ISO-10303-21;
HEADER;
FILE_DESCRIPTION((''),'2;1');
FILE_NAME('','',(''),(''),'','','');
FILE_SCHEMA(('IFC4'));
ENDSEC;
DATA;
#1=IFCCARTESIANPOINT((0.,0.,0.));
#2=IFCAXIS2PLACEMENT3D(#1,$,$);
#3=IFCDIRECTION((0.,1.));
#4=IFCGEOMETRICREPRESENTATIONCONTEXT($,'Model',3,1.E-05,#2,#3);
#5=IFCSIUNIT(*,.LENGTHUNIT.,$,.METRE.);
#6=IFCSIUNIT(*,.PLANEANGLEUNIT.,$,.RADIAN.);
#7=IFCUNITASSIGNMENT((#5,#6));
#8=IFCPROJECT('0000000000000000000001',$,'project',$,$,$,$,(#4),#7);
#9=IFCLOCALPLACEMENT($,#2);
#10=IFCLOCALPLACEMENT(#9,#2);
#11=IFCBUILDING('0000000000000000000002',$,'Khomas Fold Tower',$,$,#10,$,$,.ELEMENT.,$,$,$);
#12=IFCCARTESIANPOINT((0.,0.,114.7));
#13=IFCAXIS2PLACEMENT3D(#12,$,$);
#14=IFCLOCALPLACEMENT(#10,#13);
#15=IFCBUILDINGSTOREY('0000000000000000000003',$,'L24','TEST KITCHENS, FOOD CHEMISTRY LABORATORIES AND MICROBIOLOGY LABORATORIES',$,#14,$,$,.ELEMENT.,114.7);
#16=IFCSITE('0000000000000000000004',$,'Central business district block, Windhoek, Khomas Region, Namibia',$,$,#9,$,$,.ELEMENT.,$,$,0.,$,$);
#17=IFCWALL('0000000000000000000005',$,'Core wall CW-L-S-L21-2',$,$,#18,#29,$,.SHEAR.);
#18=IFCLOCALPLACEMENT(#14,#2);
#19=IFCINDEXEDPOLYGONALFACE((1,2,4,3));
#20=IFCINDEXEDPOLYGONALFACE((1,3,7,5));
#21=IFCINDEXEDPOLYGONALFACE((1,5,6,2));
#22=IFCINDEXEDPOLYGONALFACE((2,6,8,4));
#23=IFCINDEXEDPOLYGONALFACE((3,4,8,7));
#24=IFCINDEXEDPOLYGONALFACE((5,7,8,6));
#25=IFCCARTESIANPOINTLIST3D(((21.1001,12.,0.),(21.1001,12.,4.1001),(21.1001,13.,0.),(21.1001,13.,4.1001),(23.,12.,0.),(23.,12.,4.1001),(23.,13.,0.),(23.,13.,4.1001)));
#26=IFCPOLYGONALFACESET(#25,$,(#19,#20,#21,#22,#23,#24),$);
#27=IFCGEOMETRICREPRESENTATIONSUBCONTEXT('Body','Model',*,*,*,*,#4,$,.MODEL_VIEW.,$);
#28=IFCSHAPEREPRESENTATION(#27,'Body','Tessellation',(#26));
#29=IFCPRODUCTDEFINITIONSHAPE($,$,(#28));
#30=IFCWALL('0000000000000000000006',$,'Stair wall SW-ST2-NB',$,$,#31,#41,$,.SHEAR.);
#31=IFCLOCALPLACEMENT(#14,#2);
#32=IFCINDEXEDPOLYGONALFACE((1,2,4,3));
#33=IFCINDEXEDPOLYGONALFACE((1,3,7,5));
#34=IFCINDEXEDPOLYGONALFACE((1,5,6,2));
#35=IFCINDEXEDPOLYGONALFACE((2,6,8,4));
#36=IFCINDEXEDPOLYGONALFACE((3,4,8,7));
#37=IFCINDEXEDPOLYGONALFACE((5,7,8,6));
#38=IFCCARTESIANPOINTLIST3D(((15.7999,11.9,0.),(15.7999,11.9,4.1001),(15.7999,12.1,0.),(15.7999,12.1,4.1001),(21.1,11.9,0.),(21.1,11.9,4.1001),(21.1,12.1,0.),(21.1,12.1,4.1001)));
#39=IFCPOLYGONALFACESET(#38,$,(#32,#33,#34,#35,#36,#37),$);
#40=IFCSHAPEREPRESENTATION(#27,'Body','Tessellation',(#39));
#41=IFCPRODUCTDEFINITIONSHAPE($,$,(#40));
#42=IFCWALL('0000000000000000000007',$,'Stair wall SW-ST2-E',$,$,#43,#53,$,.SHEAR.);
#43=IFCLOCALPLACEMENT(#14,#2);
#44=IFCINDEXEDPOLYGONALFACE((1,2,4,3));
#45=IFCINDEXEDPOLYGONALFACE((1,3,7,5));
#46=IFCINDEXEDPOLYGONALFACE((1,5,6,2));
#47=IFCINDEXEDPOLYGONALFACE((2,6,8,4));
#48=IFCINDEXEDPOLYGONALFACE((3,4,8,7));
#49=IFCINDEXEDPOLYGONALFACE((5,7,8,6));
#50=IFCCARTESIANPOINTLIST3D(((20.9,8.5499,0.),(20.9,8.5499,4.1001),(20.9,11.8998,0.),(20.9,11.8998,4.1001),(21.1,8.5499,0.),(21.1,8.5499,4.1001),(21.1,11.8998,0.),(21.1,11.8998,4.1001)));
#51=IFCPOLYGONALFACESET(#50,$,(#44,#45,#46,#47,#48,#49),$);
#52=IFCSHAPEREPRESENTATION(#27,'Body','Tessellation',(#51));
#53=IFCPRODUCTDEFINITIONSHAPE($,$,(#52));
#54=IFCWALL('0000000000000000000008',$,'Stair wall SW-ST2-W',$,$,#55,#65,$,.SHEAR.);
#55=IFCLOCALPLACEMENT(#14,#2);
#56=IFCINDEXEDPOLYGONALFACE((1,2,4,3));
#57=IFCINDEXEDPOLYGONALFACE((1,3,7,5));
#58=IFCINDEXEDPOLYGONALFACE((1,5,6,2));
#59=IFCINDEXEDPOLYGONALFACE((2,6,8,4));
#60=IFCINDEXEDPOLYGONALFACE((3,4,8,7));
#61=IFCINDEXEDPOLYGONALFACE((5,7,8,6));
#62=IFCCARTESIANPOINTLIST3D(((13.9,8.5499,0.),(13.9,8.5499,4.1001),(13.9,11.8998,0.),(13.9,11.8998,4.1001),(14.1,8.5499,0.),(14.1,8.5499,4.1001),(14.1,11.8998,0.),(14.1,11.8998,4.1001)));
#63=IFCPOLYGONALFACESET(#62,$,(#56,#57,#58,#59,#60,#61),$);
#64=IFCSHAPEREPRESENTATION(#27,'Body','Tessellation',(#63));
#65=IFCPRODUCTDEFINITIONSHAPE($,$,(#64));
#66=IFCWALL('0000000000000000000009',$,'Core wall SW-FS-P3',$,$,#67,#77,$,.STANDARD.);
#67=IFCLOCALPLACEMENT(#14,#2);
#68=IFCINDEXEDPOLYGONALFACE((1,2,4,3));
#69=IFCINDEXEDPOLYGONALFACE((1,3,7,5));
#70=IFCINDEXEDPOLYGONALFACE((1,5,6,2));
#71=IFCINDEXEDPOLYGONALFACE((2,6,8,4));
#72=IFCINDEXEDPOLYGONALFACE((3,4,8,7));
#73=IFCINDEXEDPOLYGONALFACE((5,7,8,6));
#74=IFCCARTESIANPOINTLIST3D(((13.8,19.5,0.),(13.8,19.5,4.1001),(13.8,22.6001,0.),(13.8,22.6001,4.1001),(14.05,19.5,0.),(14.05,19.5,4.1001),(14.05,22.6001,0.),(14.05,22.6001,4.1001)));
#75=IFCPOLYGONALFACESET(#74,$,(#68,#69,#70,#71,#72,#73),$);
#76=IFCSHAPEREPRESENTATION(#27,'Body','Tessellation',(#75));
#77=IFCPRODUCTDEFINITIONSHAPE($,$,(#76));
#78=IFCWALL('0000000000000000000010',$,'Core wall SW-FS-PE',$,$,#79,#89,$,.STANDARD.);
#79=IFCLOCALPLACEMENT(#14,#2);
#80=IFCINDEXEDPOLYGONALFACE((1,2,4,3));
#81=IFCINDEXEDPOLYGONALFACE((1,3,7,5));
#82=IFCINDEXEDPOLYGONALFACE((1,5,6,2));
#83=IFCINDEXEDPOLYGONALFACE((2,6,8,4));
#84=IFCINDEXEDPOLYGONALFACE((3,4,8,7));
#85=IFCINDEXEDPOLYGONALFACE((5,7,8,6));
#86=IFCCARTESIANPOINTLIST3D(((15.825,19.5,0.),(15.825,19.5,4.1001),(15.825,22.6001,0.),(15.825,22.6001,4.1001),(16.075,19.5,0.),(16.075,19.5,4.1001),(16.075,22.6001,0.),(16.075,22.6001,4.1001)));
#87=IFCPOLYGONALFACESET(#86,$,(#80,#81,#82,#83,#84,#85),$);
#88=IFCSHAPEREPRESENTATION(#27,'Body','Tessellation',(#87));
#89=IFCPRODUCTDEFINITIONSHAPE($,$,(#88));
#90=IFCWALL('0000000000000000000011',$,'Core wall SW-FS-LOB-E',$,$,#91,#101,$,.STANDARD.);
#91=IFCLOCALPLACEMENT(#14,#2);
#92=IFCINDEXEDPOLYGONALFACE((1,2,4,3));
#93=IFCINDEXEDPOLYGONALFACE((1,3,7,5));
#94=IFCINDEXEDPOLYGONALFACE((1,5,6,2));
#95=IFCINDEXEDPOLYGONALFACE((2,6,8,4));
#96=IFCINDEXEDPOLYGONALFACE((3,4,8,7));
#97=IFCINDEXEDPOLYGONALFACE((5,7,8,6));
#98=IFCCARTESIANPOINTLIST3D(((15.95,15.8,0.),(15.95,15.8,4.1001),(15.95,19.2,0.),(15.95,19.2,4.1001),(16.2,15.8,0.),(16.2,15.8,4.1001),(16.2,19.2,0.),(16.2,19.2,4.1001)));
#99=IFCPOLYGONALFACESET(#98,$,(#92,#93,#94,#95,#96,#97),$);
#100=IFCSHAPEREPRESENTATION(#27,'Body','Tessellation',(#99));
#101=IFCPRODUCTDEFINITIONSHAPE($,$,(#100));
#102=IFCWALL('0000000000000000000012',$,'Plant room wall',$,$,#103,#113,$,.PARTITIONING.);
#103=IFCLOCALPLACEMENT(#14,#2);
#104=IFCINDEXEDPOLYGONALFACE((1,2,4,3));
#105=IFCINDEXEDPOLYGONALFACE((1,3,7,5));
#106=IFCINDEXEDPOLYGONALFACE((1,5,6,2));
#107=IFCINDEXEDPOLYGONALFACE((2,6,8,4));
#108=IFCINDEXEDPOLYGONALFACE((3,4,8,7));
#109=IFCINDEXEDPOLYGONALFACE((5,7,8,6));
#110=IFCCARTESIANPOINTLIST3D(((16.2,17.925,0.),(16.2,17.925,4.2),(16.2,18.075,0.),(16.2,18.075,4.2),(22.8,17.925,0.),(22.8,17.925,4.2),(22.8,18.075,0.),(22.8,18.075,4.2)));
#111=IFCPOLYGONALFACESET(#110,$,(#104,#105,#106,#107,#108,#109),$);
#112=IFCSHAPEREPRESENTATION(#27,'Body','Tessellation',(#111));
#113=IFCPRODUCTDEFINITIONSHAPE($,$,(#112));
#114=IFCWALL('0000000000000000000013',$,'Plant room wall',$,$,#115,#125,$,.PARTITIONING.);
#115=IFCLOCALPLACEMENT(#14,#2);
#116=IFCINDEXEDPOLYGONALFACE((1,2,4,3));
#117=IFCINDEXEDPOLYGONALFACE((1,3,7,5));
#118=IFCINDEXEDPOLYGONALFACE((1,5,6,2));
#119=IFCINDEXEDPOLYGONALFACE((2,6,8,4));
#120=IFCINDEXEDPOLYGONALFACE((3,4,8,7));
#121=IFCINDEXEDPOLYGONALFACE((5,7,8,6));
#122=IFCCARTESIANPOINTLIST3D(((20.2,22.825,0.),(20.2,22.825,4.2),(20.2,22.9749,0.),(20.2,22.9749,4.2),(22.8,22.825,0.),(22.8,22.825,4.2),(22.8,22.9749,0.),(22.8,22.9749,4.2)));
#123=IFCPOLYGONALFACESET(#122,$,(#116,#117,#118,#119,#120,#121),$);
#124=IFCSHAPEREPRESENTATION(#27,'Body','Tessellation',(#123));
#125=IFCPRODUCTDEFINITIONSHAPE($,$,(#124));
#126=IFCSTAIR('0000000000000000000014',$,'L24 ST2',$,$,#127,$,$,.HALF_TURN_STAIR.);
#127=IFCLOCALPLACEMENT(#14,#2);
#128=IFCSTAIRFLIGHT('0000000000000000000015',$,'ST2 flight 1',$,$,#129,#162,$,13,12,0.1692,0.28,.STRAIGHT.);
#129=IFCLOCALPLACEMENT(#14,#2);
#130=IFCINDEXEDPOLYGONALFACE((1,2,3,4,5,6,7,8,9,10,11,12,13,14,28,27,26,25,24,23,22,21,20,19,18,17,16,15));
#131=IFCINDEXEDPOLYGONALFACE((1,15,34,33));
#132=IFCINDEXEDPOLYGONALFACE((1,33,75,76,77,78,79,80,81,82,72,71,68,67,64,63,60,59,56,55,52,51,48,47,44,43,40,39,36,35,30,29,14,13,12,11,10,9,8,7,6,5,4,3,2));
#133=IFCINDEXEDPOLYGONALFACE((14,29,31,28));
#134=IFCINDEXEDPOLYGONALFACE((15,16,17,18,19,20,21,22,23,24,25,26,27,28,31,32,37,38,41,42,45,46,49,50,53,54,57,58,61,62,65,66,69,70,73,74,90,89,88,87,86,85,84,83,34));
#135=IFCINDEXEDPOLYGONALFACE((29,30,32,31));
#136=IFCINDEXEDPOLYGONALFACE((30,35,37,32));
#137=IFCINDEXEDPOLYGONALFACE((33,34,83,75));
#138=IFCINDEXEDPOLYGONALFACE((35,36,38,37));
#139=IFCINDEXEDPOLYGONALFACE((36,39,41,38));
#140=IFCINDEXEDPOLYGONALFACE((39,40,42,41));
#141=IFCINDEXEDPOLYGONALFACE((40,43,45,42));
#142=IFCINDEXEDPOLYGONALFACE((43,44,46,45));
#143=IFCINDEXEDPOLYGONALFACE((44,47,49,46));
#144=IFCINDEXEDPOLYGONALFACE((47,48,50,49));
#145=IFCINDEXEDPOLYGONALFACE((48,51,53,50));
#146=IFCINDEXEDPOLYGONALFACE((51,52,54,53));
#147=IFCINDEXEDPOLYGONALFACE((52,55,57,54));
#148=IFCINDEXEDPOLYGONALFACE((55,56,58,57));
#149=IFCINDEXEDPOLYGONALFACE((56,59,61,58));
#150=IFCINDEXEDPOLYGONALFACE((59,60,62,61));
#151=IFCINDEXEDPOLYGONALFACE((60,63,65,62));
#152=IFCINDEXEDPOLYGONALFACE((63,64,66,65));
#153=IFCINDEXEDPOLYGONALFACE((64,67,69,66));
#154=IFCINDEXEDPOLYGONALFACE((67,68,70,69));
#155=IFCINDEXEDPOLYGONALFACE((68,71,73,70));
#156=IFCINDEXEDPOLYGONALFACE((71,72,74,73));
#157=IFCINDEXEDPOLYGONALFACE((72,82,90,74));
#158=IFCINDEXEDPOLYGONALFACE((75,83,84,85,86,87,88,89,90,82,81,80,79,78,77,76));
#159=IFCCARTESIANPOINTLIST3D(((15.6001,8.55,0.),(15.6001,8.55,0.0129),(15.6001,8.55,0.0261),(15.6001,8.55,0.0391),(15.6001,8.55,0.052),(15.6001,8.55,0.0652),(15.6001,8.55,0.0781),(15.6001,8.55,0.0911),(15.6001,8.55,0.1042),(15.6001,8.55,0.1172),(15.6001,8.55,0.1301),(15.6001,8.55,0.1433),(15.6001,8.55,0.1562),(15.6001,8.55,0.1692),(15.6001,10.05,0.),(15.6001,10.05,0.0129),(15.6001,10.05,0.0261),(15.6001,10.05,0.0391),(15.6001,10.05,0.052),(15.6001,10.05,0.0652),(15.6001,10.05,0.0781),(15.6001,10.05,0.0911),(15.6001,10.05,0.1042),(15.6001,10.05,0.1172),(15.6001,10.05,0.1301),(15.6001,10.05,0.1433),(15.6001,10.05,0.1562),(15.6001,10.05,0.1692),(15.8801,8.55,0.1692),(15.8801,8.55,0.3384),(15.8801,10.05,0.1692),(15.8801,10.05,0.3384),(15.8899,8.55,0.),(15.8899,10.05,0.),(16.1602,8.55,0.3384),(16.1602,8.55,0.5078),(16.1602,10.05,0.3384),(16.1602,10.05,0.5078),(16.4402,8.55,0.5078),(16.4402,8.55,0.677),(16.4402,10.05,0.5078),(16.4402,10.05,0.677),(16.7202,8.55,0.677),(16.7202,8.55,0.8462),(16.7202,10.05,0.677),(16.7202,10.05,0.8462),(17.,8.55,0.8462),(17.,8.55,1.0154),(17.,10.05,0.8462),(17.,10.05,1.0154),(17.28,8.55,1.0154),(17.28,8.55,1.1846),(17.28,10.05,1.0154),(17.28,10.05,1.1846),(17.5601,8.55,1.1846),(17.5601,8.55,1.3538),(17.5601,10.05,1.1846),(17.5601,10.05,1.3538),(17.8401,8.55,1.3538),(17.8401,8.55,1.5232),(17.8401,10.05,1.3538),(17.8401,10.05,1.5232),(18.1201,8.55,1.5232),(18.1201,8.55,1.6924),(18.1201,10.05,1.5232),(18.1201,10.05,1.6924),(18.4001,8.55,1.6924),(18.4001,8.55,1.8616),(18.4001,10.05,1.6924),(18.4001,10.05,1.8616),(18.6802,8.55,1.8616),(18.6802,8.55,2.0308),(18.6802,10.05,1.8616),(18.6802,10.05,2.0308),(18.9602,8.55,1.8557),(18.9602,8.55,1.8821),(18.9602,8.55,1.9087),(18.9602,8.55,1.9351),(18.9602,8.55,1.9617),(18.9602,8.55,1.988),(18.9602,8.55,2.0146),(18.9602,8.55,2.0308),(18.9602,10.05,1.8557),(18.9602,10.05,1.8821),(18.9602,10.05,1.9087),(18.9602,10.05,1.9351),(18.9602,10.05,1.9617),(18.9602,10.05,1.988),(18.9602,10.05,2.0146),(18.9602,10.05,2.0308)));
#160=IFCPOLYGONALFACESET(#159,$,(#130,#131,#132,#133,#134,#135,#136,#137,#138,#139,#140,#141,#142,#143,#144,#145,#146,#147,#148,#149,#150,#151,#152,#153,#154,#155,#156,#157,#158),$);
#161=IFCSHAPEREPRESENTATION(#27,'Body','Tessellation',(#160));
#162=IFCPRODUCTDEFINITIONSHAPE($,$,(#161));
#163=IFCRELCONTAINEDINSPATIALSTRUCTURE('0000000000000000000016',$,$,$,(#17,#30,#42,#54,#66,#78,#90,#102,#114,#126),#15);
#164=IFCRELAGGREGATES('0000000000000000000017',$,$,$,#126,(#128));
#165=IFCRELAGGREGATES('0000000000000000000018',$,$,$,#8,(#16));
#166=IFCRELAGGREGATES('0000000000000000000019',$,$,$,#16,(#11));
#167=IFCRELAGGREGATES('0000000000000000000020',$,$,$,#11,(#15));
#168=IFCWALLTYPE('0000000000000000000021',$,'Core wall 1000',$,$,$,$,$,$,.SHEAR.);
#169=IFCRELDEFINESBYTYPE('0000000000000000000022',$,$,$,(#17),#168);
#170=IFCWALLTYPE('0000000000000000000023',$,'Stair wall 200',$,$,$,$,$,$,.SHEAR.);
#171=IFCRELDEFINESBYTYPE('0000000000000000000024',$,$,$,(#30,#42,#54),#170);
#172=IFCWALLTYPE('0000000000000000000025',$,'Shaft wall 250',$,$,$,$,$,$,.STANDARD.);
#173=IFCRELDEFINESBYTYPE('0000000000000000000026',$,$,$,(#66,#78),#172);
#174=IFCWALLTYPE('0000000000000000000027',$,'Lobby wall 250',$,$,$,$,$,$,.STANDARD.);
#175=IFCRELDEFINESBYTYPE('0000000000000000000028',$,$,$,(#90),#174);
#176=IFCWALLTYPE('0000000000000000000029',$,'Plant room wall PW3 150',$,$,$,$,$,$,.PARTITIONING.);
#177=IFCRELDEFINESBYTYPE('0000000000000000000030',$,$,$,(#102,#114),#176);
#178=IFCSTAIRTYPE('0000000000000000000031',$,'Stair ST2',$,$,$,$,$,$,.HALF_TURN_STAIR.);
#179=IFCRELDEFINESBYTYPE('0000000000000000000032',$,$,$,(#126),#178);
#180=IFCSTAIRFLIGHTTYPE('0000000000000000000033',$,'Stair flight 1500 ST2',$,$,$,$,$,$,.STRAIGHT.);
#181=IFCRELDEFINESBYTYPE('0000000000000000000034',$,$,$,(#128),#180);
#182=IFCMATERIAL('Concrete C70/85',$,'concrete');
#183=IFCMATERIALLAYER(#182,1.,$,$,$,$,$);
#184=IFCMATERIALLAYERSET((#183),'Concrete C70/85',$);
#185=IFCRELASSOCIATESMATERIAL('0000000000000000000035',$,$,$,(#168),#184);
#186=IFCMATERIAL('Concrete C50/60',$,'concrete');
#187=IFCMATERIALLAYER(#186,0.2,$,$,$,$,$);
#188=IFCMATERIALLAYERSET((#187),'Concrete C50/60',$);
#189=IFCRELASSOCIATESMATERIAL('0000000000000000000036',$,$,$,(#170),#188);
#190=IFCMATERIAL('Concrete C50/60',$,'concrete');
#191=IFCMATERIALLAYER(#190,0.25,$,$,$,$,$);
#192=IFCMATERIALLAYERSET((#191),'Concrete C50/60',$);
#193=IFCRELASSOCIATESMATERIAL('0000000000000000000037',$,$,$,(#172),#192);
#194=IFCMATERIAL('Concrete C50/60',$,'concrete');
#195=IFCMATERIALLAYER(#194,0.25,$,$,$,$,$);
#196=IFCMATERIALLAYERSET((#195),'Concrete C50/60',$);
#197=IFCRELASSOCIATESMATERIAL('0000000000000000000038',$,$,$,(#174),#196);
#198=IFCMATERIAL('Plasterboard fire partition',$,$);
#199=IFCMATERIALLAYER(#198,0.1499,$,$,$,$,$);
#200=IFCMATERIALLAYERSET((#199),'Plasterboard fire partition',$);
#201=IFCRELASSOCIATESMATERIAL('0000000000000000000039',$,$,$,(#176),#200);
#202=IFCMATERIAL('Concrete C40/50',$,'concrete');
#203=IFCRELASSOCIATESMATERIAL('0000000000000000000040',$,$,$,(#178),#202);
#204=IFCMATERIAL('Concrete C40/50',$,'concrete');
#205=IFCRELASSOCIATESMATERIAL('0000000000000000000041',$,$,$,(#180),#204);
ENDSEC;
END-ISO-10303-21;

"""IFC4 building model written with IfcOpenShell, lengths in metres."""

from ifc_helpers import new_model, si_unit, direction, frame, frame_2d, origin, place, context, subcontext, project, spatial, polyline, rectangle, outline, extrude, source, transform, mapped, material, layer, layer_set, type_object, element, aggregate, save


model = new_model("IFC4")

# Units and contexts
model_context = context("Model", 3, precision=1e-05, world=origin(), true_north=direction((0.0, 1.0)))
body_context = subcontext(model_context, "Body", "Model", "MODEL_VIEW")
ifc_project = project(units=[si_unit("LENGTHUNIT", "METRE"), si_unit("PLANEANGLEUNIT", "RADIAN")], contexts=[model_context])

# Site, building, storey
site_placement = place(None, origin())
site = spatial("IfcSite", under=ifc_project, at=site_placement, Name="Central business district block, Windhoek, Khomas Region, Namibia", CompositionType="ELEMENT", RefElevation=0.0)
building_placement = place(site_placement, origin())
building = spatial("IfcBuilding", under=site, at=building_placement, Name="Khomas Fold Tower", CompositionType="ELEMENT")
storey_placement = place(building_placement, frame((0.0, 0.0, 114.7)))
storey = spatial("IfcBuildingStorey", under=building, at=storey_placement, Name="L24", Description="TEST KITCHENS, FOOD CHEMISTRY LABORATORIES AND MICROBIOLOGY LABORATORIES", CompositionType="ELEMENT", Elevation=114.7)

# Walls
ifc_material_1 = material(Name="Concrete C70/85", Category="concrete")
ifc_layer_1 = layer(ifc_material_1, 1.0)
ifc_layer_set_1 = layer_set([ifc_layer_1], Name="Concrete C70/85")
wall_type_1 = type_object("IfcWallType", Name="Core wall 1000", PredefinedType="SHEAR", material=ifc_layer_set_1)
shared_shape_1 = source(origin(), body_context, "Body", "SweptSolid", [
    extrude(rectangle(XDim=1.8999, YDim=1.0, at=frame_2d((0.95, 0.0))), origin(), (0.0, 0.0, 1.0), 4.1001),
])
wall_1_placement = place(storey_placement, frame((21.1001, 12.5, 0.0), z_axis=(0.0, 0.0, 1.0), x_axis=(1.0, 0.0, 0.0)))
element("IfcWall", 1, at=wall_1_placement, inside=storey, type_object=wall_type_1, Name="Core wall CW-L-S-L21-2", PredefinedType="SHEAR", context=body_context, shape_type="MappedRepresentation", body=[
    mapped(shared_shape_1, transform((0.0, 0.0, 0.0))),
])
ifc_material_2 = material(Name="Concrete C50/60", Category="concrete")
ifc_layer_2 = layer(ifc_material_2, 0.2)
ifc_layer_set_2 = layer_set([ifc_layer_2], Name="Concrete C50/60")
wall_type_2 = type_object("IfcWallType", Name="Stair wall 200", PredefinedType="SHEAR", material=ifc_layer_set_2)
shared_shape_2 = source(origin(), body_context, "Body", "SweptSolid", [
    extrude(rectangle(XDim=5.3, YDim=0.2, at=frame_2d((2.6499, 0.0))), origin(), (0.0, 0.0, 1.0), 4.1001),
])
wall_2_placement = place(storey_placement, frame((15.8, 12.0, 0.0), z_axis=(0.0, 0.0, 1.0), x_axis=(1.0, 0.0, 0.0)))
element("IfcWall", 2, at=wall_2_placement, inside=storey, type_object=wall_type_2, Name="Stair wall SW-ST2-NB", PredefinedType="SHEAR", context=body_context, shape_type="MappedRepresentation", body=[
    mapped(shared_shape_2, transform((0.0, 0.0, 0.0))),
])
shared_shape_3 = source(origin(), body_context, "Body", "SweptSolid", [
    extrude(rectangle(XDim=3.3499, YDim=0.2, at=frame_2d((1.6748, 0.0))), origin(), (0.0, 0.0, 1.0), 4.1001),
])
for number, where, z_axis, x_axis, name in (
    (3, (21.0, 8.55, 0.0), (0.0, 0.0, 1.0), (0.0, 1.0, 0.0), "Stair wall SW-ST2-E"),
    (4, (14.0, 8.55, 0.0), (0.0, 0.0, 1.0), (0.0, 1.0, 0.0), "Stair wall SW-ST2-W"),
):
    element("IfcWall", number, at=place(storey_placement, frame(where, z_axis=z_axis, x_axis=x_axis)), inside=storey, type_object=wall_type_2, Name=name, PredefinedType="SHEAR", context=body_context, shape_type="MappedRepresentation", body=[
        mapped(shared_shape_3, transform((0.0, 0.0, 0.0))),
    ])
ifc_material_3 = material(Name="Concrete C50/60", Category="concrete")
ifc_layer_3 = layer(ifc_material_3, 0.25)
ifc_layer_set_3 = layer_set([ifc_layer_3], Name="Concrete C50/60")
wall_type_3 = type_object("IfcWallType", Name="Shaft wall 250", PredefinedType="STANDARD", material=ifc_layer_set_3)
shared_shape_4 = source(origin(), body_context, "Body", "SweptSolid", [
    extrude(rectangle(XDim=3.1001, YDim=0.25, at=frame_2d((1.55, 0.0))), origin(), (0.0, 0.0, 1.0), 4.1001),
])
for number, where, z_axis, x_axis, name in (
    (5, (13.925, 19.5, 0.0), (0.0, 0.0, 1.0), (0.0, 1.0, 0.0), "Core wall SW-FS-P3"),
    (6, (15.95, 19.5, 0.0), (0.0, 0.0, 1.0), (0.0, 1.0, 0.0), "Core wall SW-FS-PE"),
):
    element("IfcWall", number, at=place(storey_placement, frame(where, z_axis=z_axis, x_axis=x_axis)), inside=storey, type_object=wall_type_3, Name=name, PredefinedType="STANDARD", context=body_context, shape_type="MappedRepresentation", body=[
        mapped(shared_shape_4, transform((0.0, 0.0, 0.0))),
    ])
ifc_material_4 = material(Name="Concrete C50/60", Category="concrete")
ifc_layer_4 = layer(ifc_material_4, 0.25)
ifc_layer_set_4 = layer_set([ifc_layer_4], Name="Concrete C50/60")
wall_type_4 = type_object("IfcWallType", Name="Lobby wall 250", PredefinedType="STANDARD", material=ifc_layer_set_4)
shared_shape_5 = source(origin(), body_context, "Body", "SweptSolid", [
    extrude(rectangle(XDim=3.3999, YDim=0.25, at=frame_2d((1.7, 0.0))), origin(), (0.0, 0.0, 1.0), 4.1001),
])
wall_3_placement = place(storey_placement, frame((16.075, 15.8, 0.0), z_axis=(0.0, 0.0, 1.0), x_axis=(0.0, 1.0, 0.0)))
element("IfcWall", 7, at=wall_3_placement, inside=storey, type_object=wall_type_4, Name="Core wall SW-FS-LOB-E", PredefinedType="STANDARD", context=body_context, shape_type="MappedRepresentation", body=[
    mapped(shared_shape_5, transform((0.0, 0.0, 0.0))),
])
ifc_material_5 = material(Name="Plasterboard fire partition")
ifc_layer_5 = layer(ifc_material_5, 0.1499)
ifc_layer_set_5 = layer_set([ifc_layer_5], Name="Plasterboard fire partition")
wall_type_5 = type_object("IfcWallType", Name="Plant room wall PW3 150", PredefinedType="PARTITIONING", material=ifc_layer_set_5)
shared_shape_6 = source(origin(), body_context, "Body", "SweptSolid", [
    extrude(rectangle(XDim=6.6001, YDim=0.1499, at=frame_2d((3.3, 0.0))), origin(), (0.0, 0.0, 1.0), 4.2),
])
wall_4_placement = place(storey_placement, frame((16.2, 18.0, 0.0), z_axis=(0.0, 0.0, 1.0), x_axis=(1.0, 0.0, 0.0)))
element("IfcWall", 8, at=wall_4_placement, inside=storey, type_object=wall_type_5, Name="Plant room wall", PredefinedType="PARTITIONING", context=body_context, shape_type="MappedRepresentation", body=[
    mapped(shared_shape_6, transform((0.0, 0.0, 0.0))),
])
shared_shape_7 = source(origin(), body_context, "Body", "SweptSolid", [
    extrude(rectangle(XDim=2.6001, YDim=0.1499, at=frame_2d((1.3, 0.0))), origin(), (0.0, 0.0, 1.0), 4.2),
])
wall_5_placement = place(storey_placement, frame((20.2, 22.8999, 0.0), z_axis=(0.0, 0.0, 1.0), x_axis=(1.0, 0.0, 0.0)))
element("IfcWall", 9, at=wall_5_placement, inside=storey, type_object=wall_type_5, Name="Plant room wall", PredefinedType="PARTITIONING", context=body_context, shape_type="MappedRepresentation", body=[
    mapped(shared_shape_7, transform((0.0, 0.0, 0.0))),
])

# Stair, stair flight
ifc_material_6 = material(Name="Concrete C40/50", Category="concrete")
stair_type = type_object("IfcStairType", Name="Stair ST2", PredefinedType="HALF_TURN_STAIR", material=ifc_material_6)
stair_placement = place(storey_placement, origin())
stair = element("IfcStair", 10, at=stair_placement, inside=storey, type_object=stair_type, Name="L24 ST2", PredefinedType="HALF_TURN_STAIR")
ifc_material_7 = material(Name="Concrete C40/50", Category="concrete")
stair_flight_type = type_object("IfcStairFlightType", Name="Stair flight 1500 ST2", PredefinedType="STRAIGHT", material=ifc_material_7)
shared_shape_8 = source(origin(), body_context, "Body", "SweptSolid", [
    extrude(outline(polyline([(0.0, 0.0), (0.0, 0.0129), (0.0, 0.0261), (0.0, 0.0391), (0.0, 0.052), (0.0, 0.0652), (0.0, 0.0781), (0.0, 0.0911), (0.0, 0.1042), (0.0, 0.1172), (0.0, 0.1301), (0.0, 0.1433), (0.0, 0.1562), (0.0, 0.1692), (0.28, 0.1692), (0.28, 0.3384), (0.5601, 0.3384), (0.5601, 0.5078), (0.8401, 0.5078), (0.8401, 0.677), (1.1201, 0.677), (1.1201, 0.8462), (1.3999, 0.8462), (1.3999, 1.0154), (1.6799, 1.0154), (1.6799, 1.1846), (1.96, 1.1846), (1.96, 1.3538), (2.24, 1.3538), (2.24, 1.5232), (2.52, 1.5232), (2.52, 1.6924), (2.8, 1.6924), (2.8, 1.8616), (3.0801, 1.8616), (3.0801, 2.0308), (3.3601, 2.0308), (3.3601, 2.2), (3.3601, 2.1736), (3.3601, 2.147), (3.3601, 2.1206), (3.3601, 2.094), (3.3601, 2.0676), (3.3601, 2.041), (3.3601, 2.0146), (3.3601, 1.988), (3.3601, 1.9617), (3.3601, 1.9351), (3.3601, 1.9087), (3.3601, 1.8821), (3.3601, 1.8557), (0.2898, 0.0), (0.0, 0.0)])), frame((0.0, 0.75, 0.0), z_axis=(0.0, -1.0, 0.0), x_axis=(1.0, 0.0, 0.0)), (0.0, 0.0, 1.0), 1.5),
])
stair_flight_1_placement = place(storey_placement, frame((15.6001, 9.3, 0.0), z_axis=(0.0, 0.0, 1.0), x_axis=(1.0, 0.0, 0.0)))
stair_flight_1 = element("IfcStairFlight", 11, at=stair_flight_1_placement, type_object=stair_flight_type, Name="ST2 flight 1", NumberOfRisers=13, NumberOfTreads=12, PredefinedType="STRAIGHT", RiserHeight=0.1692, TreadLength=0.28, context=body_context, shape_type="MappedRepresentation", body=[
    mapped(shared_shape_8, transform((0.0, 0.0, 0.0))),
])
aggregate(stair, [stair_flight_1])

save(model, "model.ifc")
